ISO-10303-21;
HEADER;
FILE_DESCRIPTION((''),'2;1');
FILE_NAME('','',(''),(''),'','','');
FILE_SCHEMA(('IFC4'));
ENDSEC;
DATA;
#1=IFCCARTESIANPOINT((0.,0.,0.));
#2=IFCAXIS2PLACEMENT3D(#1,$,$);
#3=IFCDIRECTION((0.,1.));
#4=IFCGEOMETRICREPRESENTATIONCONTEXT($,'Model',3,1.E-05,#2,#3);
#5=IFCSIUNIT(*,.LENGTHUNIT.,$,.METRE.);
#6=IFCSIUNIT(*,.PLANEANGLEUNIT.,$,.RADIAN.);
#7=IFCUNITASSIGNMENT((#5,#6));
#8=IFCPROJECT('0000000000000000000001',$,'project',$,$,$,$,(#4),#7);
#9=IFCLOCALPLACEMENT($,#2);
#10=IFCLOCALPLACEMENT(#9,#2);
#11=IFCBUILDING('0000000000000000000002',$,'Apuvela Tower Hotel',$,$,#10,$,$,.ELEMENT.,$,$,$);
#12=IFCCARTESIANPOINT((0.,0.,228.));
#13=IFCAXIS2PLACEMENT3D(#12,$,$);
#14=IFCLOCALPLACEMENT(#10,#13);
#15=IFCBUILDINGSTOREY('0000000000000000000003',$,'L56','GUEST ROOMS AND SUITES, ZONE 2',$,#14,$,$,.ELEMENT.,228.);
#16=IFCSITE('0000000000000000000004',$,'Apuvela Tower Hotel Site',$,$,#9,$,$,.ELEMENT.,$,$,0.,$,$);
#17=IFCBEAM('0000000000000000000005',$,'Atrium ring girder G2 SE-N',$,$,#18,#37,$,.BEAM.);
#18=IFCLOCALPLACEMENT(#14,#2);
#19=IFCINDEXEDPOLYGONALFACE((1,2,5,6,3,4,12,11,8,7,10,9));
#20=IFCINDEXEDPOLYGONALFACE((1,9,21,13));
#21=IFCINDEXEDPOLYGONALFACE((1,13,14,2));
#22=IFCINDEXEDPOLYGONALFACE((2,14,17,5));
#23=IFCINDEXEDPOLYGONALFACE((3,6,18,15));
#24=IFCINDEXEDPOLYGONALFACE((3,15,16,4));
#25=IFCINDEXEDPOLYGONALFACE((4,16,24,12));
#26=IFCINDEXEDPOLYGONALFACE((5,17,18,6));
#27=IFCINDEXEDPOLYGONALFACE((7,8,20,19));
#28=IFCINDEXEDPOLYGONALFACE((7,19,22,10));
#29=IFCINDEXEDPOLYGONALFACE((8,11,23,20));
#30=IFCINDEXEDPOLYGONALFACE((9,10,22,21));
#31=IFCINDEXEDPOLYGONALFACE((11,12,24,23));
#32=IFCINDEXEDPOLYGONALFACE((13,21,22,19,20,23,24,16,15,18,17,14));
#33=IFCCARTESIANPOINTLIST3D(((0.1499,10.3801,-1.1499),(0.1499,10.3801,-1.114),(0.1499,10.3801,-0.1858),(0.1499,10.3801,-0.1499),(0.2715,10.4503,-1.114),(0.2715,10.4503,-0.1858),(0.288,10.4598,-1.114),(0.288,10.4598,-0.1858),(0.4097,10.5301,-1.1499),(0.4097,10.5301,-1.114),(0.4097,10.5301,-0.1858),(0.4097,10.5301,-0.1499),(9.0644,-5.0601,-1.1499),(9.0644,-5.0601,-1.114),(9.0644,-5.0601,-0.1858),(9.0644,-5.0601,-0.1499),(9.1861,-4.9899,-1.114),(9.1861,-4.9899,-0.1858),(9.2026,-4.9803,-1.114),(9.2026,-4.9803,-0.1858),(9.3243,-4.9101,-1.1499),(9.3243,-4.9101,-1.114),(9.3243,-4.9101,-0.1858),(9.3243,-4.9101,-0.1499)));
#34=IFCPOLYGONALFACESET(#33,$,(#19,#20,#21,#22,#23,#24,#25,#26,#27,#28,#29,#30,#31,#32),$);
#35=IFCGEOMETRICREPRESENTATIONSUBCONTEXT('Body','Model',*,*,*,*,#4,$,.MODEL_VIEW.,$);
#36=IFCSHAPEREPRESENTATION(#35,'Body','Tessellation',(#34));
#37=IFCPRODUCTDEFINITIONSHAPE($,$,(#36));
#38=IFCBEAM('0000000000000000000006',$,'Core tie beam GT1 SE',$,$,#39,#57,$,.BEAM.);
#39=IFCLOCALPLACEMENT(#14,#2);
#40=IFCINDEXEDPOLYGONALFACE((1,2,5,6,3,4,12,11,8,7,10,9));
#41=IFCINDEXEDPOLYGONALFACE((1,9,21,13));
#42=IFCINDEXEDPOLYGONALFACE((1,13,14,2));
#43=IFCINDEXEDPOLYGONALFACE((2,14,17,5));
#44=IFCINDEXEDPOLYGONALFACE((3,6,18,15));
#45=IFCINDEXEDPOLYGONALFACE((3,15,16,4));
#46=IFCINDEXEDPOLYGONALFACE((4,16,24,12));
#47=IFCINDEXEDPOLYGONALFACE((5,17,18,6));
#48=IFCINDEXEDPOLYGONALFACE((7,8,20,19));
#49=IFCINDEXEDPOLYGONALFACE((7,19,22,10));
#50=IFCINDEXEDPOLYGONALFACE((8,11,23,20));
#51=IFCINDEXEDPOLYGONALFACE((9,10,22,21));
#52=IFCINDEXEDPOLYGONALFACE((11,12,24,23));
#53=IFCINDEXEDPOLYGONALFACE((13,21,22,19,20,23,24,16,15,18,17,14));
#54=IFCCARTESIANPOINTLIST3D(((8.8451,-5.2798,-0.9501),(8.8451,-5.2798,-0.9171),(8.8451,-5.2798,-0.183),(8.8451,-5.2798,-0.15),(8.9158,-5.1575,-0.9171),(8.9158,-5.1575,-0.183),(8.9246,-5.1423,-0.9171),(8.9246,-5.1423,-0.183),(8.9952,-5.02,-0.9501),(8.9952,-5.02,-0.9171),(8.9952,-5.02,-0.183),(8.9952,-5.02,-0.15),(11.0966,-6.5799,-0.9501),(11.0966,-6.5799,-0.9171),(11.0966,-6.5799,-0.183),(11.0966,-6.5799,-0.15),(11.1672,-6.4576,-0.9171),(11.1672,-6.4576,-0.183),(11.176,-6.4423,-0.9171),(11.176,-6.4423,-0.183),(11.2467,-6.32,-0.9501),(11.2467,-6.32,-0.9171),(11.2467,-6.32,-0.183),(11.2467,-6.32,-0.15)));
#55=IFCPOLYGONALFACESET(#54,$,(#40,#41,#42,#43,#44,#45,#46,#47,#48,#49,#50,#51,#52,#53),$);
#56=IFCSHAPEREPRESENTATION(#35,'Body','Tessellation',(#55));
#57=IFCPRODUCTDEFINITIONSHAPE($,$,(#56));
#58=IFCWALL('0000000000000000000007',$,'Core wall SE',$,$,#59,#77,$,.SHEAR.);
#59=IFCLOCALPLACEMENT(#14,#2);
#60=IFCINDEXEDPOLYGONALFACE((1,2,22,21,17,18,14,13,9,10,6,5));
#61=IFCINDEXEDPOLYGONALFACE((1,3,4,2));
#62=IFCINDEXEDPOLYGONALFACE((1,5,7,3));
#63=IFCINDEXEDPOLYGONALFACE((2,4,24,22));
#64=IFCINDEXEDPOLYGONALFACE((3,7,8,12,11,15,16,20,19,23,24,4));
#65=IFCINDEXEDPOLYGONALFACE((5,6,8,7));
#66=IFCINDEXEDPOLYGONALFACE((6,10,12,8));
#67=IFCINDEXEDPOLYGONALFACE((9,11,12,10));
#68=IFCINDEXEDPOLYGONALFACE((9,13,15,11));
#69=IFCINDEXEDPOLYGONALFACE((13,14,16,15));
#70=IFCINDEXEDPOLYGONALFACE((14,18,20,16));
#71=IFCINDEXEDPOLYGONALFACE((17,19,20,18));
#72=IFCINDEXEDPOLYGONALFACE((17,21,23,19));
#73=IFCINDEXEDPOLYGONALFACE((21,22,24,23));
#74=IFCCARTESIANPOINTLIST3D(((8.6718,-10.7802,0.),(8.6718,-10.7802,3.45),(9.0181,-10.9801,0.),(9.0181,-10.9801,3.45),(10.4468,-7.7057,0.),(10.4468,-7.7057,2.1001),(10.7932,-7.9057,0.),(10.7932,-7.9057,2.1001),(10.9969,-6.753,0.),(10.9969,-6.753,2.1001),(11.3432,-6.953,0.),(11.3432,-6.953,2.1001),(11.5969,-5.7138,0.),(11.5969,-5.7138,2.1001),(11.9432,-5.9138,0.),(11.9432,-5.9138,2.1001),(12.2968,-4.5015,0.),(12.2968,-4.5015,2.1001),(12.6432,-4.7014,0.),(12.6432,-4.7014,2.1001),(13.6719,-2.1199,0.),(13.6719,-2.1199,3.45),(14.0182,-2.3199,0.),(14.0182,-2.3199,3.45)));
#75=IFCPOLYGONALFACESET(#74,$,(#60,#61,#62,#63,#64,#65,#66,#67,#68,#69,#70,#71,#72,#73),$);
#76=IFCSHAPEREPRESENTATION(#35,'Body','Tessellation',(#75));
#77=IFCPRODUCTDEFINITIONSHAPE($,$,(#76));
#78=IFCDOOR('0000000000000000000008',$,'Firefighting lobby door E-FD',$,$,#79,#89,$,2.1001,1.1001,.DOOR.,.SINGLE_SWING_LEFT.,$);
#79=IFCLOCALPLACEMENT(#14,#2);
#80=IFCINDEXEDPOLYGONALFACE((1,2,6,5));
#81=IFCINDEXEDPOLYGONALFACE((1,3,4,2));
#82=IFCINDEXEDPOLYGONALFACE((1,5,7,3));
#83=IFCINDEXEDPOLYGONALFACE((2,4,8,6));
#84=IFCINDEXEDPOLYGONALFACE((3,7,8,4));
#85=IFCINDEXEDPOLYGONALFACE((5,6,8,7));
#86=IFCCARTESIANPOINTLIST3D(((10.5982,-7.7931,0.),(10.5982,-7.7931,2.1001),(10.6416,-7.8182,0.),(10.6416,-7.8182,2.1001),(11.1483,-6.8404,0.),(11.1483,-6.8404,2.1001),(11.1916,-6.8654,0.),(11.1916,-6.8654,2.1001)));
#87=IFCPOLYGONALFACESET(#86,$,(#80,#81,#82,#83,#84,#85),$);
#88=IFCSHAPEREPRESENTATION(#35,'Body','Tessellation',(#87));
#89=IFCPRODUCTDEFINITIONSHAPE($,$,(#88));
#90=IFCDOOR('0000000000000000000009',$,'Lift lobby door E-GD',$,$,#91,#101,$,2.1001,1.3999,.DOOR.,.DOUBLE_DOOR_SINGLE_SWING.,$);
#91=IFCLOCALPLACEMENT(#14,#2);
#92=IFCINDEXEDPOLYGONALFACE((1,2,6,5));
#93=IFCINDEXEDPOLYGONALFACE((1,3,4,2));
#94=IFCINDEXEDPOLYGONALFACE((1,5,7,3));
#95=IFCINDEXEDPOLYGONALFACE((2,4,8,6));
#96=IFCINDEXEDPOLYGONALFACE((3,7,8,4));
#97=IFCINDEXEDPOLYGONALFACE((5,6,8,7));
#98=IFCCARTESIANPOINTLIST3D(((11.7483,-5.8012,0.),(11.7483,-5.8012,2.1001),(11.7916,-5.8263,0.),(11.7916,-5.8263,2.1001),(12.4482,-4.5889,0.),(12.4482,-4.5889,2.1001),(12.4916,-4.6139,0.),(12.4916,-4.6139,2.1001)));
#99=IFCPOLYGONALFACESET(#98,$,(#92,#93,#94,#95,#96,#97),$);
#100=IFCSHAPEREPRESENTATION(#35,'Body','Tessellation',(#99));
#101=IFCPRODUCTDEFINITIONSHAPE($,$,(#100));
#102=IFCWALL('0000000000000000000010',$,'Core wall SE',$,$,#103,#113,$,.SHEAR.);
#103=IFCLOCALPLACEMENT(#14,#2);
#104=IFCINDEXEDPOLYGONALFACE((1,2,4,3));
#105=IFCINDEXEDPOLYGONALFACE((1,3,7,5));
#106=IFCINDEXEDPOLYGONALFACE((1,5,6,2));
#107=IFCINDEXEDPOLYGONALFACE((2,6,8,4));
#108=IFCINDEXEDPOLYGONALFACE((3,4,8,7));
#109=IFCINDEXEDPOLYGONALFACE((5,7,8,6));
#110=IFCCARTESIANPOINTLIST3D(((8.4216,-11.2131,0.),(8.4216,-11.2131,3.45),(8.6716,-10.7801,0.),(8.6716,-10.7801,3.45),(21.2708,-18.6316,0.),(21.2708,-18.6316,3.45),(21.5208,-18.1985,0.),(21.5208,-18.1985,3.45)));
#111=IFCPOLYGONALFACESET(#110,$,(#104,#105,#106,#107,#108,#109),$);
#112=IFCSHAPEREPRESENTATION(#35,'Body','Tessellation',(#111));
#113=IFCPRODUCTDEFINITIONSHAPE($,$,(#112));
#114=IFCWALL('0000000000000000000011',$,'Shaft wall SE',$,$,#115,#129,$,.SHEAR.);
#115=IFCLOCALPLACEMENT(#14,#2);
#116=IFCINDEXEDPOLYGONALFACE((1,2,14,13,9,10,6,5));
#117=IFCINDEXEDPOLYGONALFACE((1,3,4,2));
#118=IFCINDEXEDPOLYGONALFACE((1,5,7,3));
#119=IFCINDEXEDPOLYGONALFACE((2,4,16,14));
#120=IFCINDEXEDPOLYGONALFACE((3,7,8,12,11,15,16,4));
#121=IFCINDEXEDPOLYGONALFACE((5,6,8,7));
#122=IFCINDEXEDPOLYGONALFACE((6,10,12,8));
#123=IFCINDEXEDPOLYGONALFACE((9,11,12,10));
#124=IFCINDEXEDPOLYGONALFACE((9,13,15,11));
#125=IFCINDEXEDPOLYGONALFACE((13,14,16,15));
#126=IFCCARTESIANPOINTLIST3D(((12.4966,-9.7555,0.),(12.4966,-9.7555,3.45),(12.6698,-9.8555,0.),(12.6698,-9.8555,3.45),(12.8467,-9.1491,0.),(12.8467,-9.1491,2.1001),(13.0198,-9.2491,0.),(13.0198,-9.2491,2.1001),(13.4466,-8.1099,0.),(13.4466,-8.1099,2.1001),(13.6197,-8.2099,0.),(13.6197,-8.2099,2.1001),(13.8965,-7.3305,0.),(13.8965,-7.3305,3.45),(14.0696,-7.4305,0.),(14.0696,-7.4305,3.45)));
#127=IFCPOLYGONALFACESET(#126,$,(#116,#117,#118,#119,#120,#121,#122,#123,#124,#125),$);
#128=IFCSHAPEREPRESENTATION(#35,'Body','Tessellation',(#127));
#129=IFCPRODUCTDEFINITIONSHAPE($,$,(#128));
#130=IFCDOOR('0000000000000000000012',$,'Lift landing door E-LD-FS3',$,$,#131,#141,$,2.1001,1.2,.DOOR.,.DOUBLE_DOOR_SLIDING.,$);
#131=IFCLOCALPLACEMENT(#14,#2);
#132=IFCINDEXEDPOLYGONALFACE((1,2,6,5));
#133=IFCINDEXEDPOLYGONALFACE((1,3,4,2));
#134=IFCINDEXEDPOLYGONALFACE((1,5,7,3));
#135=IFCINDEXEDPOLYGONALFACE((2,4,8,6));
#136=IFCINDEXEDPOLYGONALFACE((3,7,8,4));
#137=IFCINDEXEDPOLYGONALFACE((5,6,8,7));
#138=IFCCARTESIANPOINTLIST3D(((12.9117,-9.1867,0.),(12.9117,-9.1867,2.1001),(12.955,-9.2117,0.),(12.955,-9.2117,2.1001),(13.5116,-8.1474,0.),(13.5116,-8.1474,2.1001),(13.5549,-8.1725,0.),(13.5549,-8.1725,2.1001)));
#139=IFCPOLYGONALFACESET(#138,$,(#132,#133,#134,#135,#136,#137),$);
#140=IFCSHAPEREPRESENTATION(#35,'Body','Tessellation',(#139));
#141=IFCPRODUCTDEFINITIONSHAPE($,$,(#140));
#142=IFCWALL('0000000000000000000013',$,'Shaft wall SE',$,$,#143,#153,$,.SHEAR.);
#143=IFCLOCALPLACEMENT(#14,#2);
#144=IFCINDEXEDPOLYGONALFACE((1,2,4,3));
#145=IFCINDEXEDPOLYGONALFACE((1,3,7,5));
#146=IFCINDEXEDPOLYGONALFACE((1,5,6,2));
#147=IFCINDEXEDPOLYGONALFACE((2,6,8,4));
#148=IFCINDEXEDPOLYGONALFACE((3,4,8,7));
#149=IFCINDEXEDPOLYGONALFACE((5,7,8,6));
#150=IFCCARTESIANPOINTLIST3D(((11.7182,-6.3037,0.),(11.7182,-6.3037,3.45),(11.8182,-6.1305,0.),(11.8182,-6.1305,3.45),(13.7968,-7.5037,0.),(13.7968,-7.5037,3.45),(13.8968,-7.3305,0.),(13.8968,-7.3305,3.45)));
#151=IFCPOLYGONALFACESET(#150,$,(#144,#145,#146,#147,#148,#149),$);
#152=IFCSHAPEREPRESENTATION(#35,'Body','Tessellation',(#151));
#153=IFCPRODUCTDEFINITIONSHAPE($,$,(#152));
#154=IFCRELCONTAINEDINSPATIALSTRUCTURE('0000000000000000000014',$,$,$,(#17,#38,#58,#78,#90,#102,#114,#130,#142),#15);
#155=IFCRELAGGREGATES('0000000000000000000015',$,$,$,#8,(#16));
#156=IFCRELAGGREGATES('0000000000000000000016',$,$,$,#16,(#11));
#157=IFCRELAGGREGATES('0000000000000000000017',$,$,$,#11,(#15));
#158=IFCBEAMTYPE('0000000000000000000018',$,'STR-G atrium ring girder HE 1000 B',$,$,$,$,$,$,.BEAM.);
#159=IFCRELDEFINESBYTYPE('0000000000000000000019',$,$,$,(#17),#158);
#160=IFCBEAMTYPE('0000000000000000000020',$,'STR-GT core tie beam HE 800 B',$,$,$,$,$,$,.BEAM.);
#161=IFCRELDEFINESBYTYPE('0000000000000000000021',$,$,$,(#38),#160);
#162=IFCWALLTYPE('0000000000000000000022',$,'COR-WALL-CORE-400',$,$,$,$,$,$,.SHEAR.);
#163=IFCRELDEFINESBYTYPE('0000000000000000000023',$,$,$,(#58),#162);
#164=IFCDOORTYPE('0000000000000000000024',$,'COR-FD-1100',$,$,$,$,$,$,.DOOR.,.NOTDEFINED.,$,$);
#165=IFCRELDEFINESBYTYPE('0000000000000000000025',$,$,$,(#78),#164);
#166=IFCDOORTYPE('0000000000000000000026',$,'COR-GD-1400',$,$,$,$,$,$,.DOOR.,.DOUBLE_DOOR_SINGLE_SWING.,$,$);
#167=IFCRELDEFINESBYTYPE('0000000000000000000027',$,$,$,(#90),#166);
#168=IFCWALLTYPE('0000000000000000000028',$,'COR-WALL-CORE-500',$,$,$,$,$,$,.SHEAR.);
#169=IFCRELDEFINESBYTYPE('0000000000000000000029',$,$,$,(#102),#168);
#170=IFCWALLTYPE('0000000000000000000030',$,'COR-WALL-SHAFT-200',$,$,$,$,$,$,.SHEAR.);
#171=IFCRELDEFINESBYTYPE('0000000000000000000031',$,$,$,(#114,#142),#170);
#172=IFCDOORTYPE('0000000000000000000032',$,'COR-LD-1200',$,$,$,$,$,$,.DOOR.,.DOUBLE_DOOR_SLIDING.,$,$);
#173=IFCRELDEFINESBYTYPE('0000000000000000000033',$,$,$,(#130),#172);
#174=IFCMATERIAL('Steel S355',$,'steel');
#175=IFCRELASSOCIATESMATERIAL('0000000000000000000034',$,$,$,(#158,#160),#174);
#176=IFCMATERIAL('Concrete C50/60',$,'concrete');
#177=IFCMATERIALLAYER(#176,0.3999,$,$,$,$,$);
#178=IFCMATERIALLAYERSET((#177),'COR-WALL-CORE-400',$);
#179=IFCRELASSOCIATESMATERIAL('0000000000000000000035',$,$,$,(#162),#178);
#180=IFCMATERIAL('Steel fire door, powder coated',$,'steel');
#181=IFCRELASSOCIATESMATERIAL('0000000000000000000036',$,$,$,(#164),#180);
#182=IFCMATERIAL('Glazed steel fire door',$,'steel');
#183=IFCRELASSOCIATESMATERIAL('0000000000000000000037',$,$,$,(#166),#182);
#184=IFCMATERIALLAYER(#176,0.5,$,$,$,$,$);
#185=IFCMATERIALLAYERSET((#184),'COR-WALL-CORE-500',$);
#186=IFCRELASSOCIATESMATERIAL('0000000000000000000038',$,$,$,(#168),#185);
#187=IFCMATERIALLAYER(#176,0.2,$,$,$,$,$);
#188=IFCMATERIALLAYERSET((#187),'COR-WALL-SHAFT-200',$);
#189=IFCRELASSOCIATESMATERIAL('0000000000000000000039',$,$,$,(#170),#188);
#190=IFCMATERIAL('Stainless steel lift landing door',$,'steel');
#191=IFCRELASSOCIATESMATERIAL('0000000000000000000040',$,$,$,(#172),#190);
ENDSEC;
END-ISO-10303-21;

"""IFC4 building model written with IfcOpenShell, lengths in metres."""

from ifc_helpers import new_model, si_unit, direction, frame, frame_2d, origin, origin_2d, place, context, subcontext, project, spatial, rectangle, i_section, extrude, material, layer, layer_set, material_profile, profile_set, type_object, element, fill, save


model = new_model("IFC4")

# Units and contexts
model_context = context("Model", 3, precision=1e-05, world=origin(), true_north=direction((0.0, 1.0)))
body_context = subcontext(model_context, "Body", "Model", "MODEL_VIEW")
ifc_project = project(units=[si_unit("LENGTHUNIT", "METRE"), si_unit("PLANEANGLEUNIT", "RADIAN")], contexts=[model_context])

# Site, building, storey
site_placement = place(None, origin())
site = spatial("IfcSite", under=ifc_project, at=site_placement, Name="Apuvela Tower Hotel Site", CompositionType="ELEMENT", RefElevation=0.0)
building_placement = place(site_placement, origin())
building = spatial("IfcBuilding", under=site, at=building_placement, Name="Apuvela Tower Hotel", CompositionType="ELEMENT")
storey_placement = place(building_placement, frame((0.0, 0.0, 228.0)))
storey = spatial("IfcBuildingStorey", under=building, at=storey_placement, Name="L56", Description="GUEST ROOMS AND SUITES, ZONE 2", CompositionType="ELEMENT", Elevation=228.0)

# Beams
ifc_material_1 = material(Name="Steel S355", Category="steel")
ifc_material_profile_1 = material_profile(ifc_material_1, i_section(OverallWidth=0.3, OverallDepth=1.0, WebThickness=0.019, FlangeThickness=0.0359, at=origin_2d()), Name="HE 1000 B")
ifc_profile_set_1 = profile_set([ifc_material_profile_1], Name="Steel S355")
beam_type_1 = type_object("IfcBeamType", Name="STR-G atrium ring girder HE 1000 B", PredefinedType="BEAM", material=ifc_profile_set_1)
beam_1_placement = place(storey_placement, frame((9.1943, -4.9851, -0.6499), z_axis=(-0.500007, 0.866022, 0.0), x_axis=(-0.866022, -0.500007, 0.0)))
element("IfcBeam", 1, at=beam_1_placement, inside=storey, type_object=beam_type_1, Name="Atrium ring girder G2 SE-N", PredefinedType="BEAM", context=body_context, shape_type="SweptSolid", body=[
    extrude(i_section(OverallWidth=0.3, OverallDepth=1.0, WebThickness=0.019, FlangeThickness=0.0359, at=origin_2d()), origin(), (0.0, 0.0, 1.0), 17.8289),
])
ifc_material_profile_2 = material_profile(ifc_material_1, i_section(OverallWidth=0.3, OverallDepth=0.8, WebThickness=0.0176, FlangeThickness=0.033, at=origin_2d()), Name="HE 800 B")
ifc_profile_set_2 = profile_set([ifc_material_profile_2], Name="Steel S355")
beam_type_2 = type_object("IfcBeamType", Name="STR-GT core tie beam HE 800 B", PredefinedType="BEAM", material=ifc_profile_set_2)
beam_2_placement = place(storey_placement, frame((11.1716, -6.45, -0.55), z_axis=(-0.865998, 0.500048, 0.0), x_axis=(-0.500048, -0.865998, 0.0)))
element("IfcBeam", 2, at=beam_2_placement, inside=storey, type_object=beam_type_2, Name="Core tie beam GT1 SE", PredefinedType="BEAM", context=body_context, shape_type="SweptSolid", body=[
    extrude(i_section(OverallWidth=0.3, OverallDepth=0.8, WebThickness=0.0176, FlangeThickness=0.033, at=origin_2d()), origin(), (0.0, 0.0, 1.0), 2.5999),
])

# Wall, openings, doors
ifc_material_2 = material(Name="Concrete C50/60", Category="concrete")
ifc_layer_1 = layer(ifc_material_2, 0.3999)
ifc_layer_set_1 = layer_set([ifc_layer_1], Name="COR-WALL-CORE-400")
wall_type_1 = type_object("IfcWallType", Name="COR-WALL-CORE-400", PredefinedType="SHEAR", material=ifc_layer_set_1)
wall_1_placement = place(storey_placement, frame((8.845, -10.8801, 0.0), z_axis=(0.0, 0.0, 1.0), x_axis=(0.500004, 0.866023, 0.0)))
wall_1 = element("IfcWall", 3, at=wall_1_placement, inside=storey, type_object=wall_type_1, Name="Core wall SE", PredefinedType="SHEAR", context=body_context, shape_type="SweptSolid", body=[
    extrude(rectangle(XDim=10.0, YDim=0.3999, at=frame_2d((5.0, 0.0))), origin(), (0.0, 0.0, 1.0), 3.45),
])
opening_1_placement = place(wall_1_placement, frame((3.55, 0.0, 0.0)))
opening_1 = element("IfcOpeningElement", 4, at=opening_1_placement, cuts=wall_1, PredefinedType="OPENING", context=body_context, shape_type="SweptSolid", body=[
    extrude(rectangle(XDim=1.1001, YDim=2.1001, at=frame_2d((0.55, 1.05))), frame((0.0, 0.21, 0.0), z_axis=(0.0, -1.0, 0.0), x_axis=(1.0, 0.0, 0.0)), (0.0, 0.0, 1.0), 0.4199),
])
opening_2_placement = place(wall_1_placement, frame((5.8501, 0.0, 0.0)))
opening_2 = element("IfcOpeningElement", 5, at=opening_2_placement, cuts=wall_1, PredefinedType="OPENING", context=body_context, shape_type="SweptSolid", body=[
    extrude(rectangle(XDim=1.3999, YDim=2.1001, at=frame_2d((0.7, 1.05))), frame((0.0, 0.21, 0.0), z_axis=(0.0, -1.0, 0.0), x_axis=(1.0, 0.0, 0.0)), (0.0, 0.0, 1.0), 0.4199),
])
ifc_material_3 = material(Name="Steel fire door, powder coated", Category="steel")
door_type_1 = type_object("IfcDoorType", Name="COR-FD-1100", OperationType="NOTDEFINED", PredefinedType="DOOR", material=ifc_material_3)
door_1_placement = place(opening_1_placement, frame((1.1001, 0.0, 0.0), z_axis=(0.0, 0.0, 1.0), x_axis=(-1.0, 0.0, 0.0)))
door_1 = element("IfcDoor", 6, at=door_1_placement, inside=storey, type_object=door_type_1, Name="Firefighting lobby door E-FD", OperationType="SINGLE_SWING_LEFT", OverallHeight=2.1001, OverallWidth=1.1001, PredefinedType="DOOR", context=body_context, shape_type="SweptSolid", body=[
    extrude(rectangle(XDim=1.1001, YDim=2.1001, at=frame_2d((0.55, 1.05))), frame((0.0, 0.0249, 0.0), z_axis=(0.0, -1.0, 0.0), x_axis=(1.0, 0.0, 0.0)), (0.0, 0.0, 1.0), 0.05),
])
fill(opening_1, door_1)
ifc_material_4 = material(Name="Glazed steel fire door", Category="steel")
door_type_2 = type_object("IfcDoorType", Name="COR-GD-1400", OperationType="DOUBLE_DOOR_SINGLE_SWING", PredefinedType="DOOR", material=ifc_material_4)
door_2_placement = place(opening_2_placement, frame((1.3999, 0.0, 0.0), z_axis=(0.0, 0.0, 1.0), x_axis=(-1.0, 0.0, 0.0)))
door_2 = element("IfcDoor", 7, at=door_2_placement, inside=storey, type_object=door_type_2, Name="Lift lobby door E-GD", OperationType="DOUBLE_DOOR_SINGLE_SWING", OverallHeight=2.1001, OverallWidth=1.3999, PredefinedType="DOOR", context=body_context, shape_type="SweptSolid", body=[
    extrude(rectangle(XDim=1.3999, YDim=2.1001, at=frame_2d((0.7, 1.05))), frame((0.0, 0.0249, 0.0), z_axis=(0.0, -1.0, 0.0), x_axis=(1.0, 0.0, 0.0)), (0.0, 0.0, 1.0), 0.05),
])
fill(opening_2, door_2)

# Wall
ifc_layer_2 = layer(ifc_material_2, 0.5)
ifc_layer_set_2 = layer_set([ifc_layer_2], Name="COR-WALL-CORE-500")
wall_type_2 = type_object("IfcWallType", Name="COR-WALL-CORE-500", PredefinedType="SHEAR", material=ifc_layer_set_2)
wall_2_placement = place(storey_placement, frame((8.5466, -10.9966, 0.0), z_axis=(0.0, 0.0, 1.0), x_axis=(0.866025, -0.500001, 0.0)))
element("IfcWall", 8, at=wall_2_placement, inside=storey, type_object=wall_type_2, Name="Core wall SE", PredefinedType="SHEAR", context=body_context, shape_type="SweptSolid", body=[
    extrude(rectangle(XDim=14.8369, YDim=0.5, at=frame_2d((7.4185, 0.0))), origin(), (0.0, 0.0, 1.0), 3.45),
])

# Wall, opening, door
ifc_layer_3 = layer(ifc_material_2, 0.2)
ifc_layer_set_3 = layer_set([ifc_layer_3], Name="COR-WALL-SHAFT-200")
wall_type_3 = type_object("IfcWallType", Name="COR-WALL-SHAFT-200", PredefinedType="SHEAR", material=ifc_layer_set_3)
wall_3_placement = place(storey_placement, frame((12.5833, -9.8054, 0.0), z_axis=(0.0, 0.0, 1.0), x_axis=(0.499946, 0.866056, 0.0)))
wall_3 = element("IfcWall", 9, at=wall_3_placement, inside=storey, type_object=wall_type_3, Name="Shaft wall SE", PredefinedType="SHEAR", context=body_context, shape_type="SweptSolid", body=[
    extrude(rectangle(XDim=2.8, YDim=0.2, at=frame_2d((1.3999, 0.0))), origin(), (0.0, 0.0, 1.0), 3.45),
])
opening_3_placement = place(wall_3_placement, frame((0.7, 0.0, 0.0)))
opening_3 = element("IfcOpeningElement", 10, at=opening_3_placement, cuts=wall_3, PredefinedType="OPENING", context=body_context, shape_type="SweptSolid", body=[
    extrude(rectangle(XDim=1.2, YDim=2.1001, at=frame_2d((0.6001, 1.05))), frame((0.0, 0.1099, 0.0), z_axis=(0.0, -1.0, 0.0), x_axis=(1.0, 0.0, 0.0)), (0.0, 0.0, 1.0), 0.22),
])
ifc_material_5 = material(Name="Stainless steel lift landing door", Category="steel")
door_type_3 = type_object("IfcDoorType", Name="COR-LD-1200", OperationType="DOUBLE_DOOR_SLIDING", PredefinedType="DOOR", material=ifc_material_5)
door_3_placement = place(opening_3_placement, origin())
door_3 = element("IfcDoor", 11, at=door_3_placement, inside=storey, type_object=door_type_3, Name="Lift landing door E-LD-FS3", OperationType="DOUBLE_DOOR_SLIDING", OverallHeight=2.1001, OverallWidth=1.2, PredefinedType="DOOR", context=body_context, shape_type="SweptSolid", body=[
    extrude(rectangle(XDim=1.2, YDim=2.1001, at=frame_2d((0.6001, 1.05))), frame((0.0, 0.0249, 0.0), z_axis=(0.0, -1.0, 0.0), x_axis=(1.0, 0.0, 0.0)), (0.0, 0.0, 1.0), 0.05),
])
fill(opening_3, door_3)

# Wall
wall_4_placement = place(storey_placement, frame((11.7681, -6.217, 0.0), z_axis=(0.0, 0.0, 1.0), x_axis=(0.86605, -0.499957, 0.0)))
element("IfcWall", 12, at=wall_4_placement, inside=storey, type_object=wall_type_3, Name="Shaft wall SE", PredefinedType="SHEAR", context=body_context, shape_type="SweptSolid", body=[
    extrude(rectangle(XDim=2.4001, YDim=0.2, at=frame_2d((1.2002, 0.0))), origin(), (0.0, 0.0, 1.0), 3.45),
])

save(model, "model.ifc")
